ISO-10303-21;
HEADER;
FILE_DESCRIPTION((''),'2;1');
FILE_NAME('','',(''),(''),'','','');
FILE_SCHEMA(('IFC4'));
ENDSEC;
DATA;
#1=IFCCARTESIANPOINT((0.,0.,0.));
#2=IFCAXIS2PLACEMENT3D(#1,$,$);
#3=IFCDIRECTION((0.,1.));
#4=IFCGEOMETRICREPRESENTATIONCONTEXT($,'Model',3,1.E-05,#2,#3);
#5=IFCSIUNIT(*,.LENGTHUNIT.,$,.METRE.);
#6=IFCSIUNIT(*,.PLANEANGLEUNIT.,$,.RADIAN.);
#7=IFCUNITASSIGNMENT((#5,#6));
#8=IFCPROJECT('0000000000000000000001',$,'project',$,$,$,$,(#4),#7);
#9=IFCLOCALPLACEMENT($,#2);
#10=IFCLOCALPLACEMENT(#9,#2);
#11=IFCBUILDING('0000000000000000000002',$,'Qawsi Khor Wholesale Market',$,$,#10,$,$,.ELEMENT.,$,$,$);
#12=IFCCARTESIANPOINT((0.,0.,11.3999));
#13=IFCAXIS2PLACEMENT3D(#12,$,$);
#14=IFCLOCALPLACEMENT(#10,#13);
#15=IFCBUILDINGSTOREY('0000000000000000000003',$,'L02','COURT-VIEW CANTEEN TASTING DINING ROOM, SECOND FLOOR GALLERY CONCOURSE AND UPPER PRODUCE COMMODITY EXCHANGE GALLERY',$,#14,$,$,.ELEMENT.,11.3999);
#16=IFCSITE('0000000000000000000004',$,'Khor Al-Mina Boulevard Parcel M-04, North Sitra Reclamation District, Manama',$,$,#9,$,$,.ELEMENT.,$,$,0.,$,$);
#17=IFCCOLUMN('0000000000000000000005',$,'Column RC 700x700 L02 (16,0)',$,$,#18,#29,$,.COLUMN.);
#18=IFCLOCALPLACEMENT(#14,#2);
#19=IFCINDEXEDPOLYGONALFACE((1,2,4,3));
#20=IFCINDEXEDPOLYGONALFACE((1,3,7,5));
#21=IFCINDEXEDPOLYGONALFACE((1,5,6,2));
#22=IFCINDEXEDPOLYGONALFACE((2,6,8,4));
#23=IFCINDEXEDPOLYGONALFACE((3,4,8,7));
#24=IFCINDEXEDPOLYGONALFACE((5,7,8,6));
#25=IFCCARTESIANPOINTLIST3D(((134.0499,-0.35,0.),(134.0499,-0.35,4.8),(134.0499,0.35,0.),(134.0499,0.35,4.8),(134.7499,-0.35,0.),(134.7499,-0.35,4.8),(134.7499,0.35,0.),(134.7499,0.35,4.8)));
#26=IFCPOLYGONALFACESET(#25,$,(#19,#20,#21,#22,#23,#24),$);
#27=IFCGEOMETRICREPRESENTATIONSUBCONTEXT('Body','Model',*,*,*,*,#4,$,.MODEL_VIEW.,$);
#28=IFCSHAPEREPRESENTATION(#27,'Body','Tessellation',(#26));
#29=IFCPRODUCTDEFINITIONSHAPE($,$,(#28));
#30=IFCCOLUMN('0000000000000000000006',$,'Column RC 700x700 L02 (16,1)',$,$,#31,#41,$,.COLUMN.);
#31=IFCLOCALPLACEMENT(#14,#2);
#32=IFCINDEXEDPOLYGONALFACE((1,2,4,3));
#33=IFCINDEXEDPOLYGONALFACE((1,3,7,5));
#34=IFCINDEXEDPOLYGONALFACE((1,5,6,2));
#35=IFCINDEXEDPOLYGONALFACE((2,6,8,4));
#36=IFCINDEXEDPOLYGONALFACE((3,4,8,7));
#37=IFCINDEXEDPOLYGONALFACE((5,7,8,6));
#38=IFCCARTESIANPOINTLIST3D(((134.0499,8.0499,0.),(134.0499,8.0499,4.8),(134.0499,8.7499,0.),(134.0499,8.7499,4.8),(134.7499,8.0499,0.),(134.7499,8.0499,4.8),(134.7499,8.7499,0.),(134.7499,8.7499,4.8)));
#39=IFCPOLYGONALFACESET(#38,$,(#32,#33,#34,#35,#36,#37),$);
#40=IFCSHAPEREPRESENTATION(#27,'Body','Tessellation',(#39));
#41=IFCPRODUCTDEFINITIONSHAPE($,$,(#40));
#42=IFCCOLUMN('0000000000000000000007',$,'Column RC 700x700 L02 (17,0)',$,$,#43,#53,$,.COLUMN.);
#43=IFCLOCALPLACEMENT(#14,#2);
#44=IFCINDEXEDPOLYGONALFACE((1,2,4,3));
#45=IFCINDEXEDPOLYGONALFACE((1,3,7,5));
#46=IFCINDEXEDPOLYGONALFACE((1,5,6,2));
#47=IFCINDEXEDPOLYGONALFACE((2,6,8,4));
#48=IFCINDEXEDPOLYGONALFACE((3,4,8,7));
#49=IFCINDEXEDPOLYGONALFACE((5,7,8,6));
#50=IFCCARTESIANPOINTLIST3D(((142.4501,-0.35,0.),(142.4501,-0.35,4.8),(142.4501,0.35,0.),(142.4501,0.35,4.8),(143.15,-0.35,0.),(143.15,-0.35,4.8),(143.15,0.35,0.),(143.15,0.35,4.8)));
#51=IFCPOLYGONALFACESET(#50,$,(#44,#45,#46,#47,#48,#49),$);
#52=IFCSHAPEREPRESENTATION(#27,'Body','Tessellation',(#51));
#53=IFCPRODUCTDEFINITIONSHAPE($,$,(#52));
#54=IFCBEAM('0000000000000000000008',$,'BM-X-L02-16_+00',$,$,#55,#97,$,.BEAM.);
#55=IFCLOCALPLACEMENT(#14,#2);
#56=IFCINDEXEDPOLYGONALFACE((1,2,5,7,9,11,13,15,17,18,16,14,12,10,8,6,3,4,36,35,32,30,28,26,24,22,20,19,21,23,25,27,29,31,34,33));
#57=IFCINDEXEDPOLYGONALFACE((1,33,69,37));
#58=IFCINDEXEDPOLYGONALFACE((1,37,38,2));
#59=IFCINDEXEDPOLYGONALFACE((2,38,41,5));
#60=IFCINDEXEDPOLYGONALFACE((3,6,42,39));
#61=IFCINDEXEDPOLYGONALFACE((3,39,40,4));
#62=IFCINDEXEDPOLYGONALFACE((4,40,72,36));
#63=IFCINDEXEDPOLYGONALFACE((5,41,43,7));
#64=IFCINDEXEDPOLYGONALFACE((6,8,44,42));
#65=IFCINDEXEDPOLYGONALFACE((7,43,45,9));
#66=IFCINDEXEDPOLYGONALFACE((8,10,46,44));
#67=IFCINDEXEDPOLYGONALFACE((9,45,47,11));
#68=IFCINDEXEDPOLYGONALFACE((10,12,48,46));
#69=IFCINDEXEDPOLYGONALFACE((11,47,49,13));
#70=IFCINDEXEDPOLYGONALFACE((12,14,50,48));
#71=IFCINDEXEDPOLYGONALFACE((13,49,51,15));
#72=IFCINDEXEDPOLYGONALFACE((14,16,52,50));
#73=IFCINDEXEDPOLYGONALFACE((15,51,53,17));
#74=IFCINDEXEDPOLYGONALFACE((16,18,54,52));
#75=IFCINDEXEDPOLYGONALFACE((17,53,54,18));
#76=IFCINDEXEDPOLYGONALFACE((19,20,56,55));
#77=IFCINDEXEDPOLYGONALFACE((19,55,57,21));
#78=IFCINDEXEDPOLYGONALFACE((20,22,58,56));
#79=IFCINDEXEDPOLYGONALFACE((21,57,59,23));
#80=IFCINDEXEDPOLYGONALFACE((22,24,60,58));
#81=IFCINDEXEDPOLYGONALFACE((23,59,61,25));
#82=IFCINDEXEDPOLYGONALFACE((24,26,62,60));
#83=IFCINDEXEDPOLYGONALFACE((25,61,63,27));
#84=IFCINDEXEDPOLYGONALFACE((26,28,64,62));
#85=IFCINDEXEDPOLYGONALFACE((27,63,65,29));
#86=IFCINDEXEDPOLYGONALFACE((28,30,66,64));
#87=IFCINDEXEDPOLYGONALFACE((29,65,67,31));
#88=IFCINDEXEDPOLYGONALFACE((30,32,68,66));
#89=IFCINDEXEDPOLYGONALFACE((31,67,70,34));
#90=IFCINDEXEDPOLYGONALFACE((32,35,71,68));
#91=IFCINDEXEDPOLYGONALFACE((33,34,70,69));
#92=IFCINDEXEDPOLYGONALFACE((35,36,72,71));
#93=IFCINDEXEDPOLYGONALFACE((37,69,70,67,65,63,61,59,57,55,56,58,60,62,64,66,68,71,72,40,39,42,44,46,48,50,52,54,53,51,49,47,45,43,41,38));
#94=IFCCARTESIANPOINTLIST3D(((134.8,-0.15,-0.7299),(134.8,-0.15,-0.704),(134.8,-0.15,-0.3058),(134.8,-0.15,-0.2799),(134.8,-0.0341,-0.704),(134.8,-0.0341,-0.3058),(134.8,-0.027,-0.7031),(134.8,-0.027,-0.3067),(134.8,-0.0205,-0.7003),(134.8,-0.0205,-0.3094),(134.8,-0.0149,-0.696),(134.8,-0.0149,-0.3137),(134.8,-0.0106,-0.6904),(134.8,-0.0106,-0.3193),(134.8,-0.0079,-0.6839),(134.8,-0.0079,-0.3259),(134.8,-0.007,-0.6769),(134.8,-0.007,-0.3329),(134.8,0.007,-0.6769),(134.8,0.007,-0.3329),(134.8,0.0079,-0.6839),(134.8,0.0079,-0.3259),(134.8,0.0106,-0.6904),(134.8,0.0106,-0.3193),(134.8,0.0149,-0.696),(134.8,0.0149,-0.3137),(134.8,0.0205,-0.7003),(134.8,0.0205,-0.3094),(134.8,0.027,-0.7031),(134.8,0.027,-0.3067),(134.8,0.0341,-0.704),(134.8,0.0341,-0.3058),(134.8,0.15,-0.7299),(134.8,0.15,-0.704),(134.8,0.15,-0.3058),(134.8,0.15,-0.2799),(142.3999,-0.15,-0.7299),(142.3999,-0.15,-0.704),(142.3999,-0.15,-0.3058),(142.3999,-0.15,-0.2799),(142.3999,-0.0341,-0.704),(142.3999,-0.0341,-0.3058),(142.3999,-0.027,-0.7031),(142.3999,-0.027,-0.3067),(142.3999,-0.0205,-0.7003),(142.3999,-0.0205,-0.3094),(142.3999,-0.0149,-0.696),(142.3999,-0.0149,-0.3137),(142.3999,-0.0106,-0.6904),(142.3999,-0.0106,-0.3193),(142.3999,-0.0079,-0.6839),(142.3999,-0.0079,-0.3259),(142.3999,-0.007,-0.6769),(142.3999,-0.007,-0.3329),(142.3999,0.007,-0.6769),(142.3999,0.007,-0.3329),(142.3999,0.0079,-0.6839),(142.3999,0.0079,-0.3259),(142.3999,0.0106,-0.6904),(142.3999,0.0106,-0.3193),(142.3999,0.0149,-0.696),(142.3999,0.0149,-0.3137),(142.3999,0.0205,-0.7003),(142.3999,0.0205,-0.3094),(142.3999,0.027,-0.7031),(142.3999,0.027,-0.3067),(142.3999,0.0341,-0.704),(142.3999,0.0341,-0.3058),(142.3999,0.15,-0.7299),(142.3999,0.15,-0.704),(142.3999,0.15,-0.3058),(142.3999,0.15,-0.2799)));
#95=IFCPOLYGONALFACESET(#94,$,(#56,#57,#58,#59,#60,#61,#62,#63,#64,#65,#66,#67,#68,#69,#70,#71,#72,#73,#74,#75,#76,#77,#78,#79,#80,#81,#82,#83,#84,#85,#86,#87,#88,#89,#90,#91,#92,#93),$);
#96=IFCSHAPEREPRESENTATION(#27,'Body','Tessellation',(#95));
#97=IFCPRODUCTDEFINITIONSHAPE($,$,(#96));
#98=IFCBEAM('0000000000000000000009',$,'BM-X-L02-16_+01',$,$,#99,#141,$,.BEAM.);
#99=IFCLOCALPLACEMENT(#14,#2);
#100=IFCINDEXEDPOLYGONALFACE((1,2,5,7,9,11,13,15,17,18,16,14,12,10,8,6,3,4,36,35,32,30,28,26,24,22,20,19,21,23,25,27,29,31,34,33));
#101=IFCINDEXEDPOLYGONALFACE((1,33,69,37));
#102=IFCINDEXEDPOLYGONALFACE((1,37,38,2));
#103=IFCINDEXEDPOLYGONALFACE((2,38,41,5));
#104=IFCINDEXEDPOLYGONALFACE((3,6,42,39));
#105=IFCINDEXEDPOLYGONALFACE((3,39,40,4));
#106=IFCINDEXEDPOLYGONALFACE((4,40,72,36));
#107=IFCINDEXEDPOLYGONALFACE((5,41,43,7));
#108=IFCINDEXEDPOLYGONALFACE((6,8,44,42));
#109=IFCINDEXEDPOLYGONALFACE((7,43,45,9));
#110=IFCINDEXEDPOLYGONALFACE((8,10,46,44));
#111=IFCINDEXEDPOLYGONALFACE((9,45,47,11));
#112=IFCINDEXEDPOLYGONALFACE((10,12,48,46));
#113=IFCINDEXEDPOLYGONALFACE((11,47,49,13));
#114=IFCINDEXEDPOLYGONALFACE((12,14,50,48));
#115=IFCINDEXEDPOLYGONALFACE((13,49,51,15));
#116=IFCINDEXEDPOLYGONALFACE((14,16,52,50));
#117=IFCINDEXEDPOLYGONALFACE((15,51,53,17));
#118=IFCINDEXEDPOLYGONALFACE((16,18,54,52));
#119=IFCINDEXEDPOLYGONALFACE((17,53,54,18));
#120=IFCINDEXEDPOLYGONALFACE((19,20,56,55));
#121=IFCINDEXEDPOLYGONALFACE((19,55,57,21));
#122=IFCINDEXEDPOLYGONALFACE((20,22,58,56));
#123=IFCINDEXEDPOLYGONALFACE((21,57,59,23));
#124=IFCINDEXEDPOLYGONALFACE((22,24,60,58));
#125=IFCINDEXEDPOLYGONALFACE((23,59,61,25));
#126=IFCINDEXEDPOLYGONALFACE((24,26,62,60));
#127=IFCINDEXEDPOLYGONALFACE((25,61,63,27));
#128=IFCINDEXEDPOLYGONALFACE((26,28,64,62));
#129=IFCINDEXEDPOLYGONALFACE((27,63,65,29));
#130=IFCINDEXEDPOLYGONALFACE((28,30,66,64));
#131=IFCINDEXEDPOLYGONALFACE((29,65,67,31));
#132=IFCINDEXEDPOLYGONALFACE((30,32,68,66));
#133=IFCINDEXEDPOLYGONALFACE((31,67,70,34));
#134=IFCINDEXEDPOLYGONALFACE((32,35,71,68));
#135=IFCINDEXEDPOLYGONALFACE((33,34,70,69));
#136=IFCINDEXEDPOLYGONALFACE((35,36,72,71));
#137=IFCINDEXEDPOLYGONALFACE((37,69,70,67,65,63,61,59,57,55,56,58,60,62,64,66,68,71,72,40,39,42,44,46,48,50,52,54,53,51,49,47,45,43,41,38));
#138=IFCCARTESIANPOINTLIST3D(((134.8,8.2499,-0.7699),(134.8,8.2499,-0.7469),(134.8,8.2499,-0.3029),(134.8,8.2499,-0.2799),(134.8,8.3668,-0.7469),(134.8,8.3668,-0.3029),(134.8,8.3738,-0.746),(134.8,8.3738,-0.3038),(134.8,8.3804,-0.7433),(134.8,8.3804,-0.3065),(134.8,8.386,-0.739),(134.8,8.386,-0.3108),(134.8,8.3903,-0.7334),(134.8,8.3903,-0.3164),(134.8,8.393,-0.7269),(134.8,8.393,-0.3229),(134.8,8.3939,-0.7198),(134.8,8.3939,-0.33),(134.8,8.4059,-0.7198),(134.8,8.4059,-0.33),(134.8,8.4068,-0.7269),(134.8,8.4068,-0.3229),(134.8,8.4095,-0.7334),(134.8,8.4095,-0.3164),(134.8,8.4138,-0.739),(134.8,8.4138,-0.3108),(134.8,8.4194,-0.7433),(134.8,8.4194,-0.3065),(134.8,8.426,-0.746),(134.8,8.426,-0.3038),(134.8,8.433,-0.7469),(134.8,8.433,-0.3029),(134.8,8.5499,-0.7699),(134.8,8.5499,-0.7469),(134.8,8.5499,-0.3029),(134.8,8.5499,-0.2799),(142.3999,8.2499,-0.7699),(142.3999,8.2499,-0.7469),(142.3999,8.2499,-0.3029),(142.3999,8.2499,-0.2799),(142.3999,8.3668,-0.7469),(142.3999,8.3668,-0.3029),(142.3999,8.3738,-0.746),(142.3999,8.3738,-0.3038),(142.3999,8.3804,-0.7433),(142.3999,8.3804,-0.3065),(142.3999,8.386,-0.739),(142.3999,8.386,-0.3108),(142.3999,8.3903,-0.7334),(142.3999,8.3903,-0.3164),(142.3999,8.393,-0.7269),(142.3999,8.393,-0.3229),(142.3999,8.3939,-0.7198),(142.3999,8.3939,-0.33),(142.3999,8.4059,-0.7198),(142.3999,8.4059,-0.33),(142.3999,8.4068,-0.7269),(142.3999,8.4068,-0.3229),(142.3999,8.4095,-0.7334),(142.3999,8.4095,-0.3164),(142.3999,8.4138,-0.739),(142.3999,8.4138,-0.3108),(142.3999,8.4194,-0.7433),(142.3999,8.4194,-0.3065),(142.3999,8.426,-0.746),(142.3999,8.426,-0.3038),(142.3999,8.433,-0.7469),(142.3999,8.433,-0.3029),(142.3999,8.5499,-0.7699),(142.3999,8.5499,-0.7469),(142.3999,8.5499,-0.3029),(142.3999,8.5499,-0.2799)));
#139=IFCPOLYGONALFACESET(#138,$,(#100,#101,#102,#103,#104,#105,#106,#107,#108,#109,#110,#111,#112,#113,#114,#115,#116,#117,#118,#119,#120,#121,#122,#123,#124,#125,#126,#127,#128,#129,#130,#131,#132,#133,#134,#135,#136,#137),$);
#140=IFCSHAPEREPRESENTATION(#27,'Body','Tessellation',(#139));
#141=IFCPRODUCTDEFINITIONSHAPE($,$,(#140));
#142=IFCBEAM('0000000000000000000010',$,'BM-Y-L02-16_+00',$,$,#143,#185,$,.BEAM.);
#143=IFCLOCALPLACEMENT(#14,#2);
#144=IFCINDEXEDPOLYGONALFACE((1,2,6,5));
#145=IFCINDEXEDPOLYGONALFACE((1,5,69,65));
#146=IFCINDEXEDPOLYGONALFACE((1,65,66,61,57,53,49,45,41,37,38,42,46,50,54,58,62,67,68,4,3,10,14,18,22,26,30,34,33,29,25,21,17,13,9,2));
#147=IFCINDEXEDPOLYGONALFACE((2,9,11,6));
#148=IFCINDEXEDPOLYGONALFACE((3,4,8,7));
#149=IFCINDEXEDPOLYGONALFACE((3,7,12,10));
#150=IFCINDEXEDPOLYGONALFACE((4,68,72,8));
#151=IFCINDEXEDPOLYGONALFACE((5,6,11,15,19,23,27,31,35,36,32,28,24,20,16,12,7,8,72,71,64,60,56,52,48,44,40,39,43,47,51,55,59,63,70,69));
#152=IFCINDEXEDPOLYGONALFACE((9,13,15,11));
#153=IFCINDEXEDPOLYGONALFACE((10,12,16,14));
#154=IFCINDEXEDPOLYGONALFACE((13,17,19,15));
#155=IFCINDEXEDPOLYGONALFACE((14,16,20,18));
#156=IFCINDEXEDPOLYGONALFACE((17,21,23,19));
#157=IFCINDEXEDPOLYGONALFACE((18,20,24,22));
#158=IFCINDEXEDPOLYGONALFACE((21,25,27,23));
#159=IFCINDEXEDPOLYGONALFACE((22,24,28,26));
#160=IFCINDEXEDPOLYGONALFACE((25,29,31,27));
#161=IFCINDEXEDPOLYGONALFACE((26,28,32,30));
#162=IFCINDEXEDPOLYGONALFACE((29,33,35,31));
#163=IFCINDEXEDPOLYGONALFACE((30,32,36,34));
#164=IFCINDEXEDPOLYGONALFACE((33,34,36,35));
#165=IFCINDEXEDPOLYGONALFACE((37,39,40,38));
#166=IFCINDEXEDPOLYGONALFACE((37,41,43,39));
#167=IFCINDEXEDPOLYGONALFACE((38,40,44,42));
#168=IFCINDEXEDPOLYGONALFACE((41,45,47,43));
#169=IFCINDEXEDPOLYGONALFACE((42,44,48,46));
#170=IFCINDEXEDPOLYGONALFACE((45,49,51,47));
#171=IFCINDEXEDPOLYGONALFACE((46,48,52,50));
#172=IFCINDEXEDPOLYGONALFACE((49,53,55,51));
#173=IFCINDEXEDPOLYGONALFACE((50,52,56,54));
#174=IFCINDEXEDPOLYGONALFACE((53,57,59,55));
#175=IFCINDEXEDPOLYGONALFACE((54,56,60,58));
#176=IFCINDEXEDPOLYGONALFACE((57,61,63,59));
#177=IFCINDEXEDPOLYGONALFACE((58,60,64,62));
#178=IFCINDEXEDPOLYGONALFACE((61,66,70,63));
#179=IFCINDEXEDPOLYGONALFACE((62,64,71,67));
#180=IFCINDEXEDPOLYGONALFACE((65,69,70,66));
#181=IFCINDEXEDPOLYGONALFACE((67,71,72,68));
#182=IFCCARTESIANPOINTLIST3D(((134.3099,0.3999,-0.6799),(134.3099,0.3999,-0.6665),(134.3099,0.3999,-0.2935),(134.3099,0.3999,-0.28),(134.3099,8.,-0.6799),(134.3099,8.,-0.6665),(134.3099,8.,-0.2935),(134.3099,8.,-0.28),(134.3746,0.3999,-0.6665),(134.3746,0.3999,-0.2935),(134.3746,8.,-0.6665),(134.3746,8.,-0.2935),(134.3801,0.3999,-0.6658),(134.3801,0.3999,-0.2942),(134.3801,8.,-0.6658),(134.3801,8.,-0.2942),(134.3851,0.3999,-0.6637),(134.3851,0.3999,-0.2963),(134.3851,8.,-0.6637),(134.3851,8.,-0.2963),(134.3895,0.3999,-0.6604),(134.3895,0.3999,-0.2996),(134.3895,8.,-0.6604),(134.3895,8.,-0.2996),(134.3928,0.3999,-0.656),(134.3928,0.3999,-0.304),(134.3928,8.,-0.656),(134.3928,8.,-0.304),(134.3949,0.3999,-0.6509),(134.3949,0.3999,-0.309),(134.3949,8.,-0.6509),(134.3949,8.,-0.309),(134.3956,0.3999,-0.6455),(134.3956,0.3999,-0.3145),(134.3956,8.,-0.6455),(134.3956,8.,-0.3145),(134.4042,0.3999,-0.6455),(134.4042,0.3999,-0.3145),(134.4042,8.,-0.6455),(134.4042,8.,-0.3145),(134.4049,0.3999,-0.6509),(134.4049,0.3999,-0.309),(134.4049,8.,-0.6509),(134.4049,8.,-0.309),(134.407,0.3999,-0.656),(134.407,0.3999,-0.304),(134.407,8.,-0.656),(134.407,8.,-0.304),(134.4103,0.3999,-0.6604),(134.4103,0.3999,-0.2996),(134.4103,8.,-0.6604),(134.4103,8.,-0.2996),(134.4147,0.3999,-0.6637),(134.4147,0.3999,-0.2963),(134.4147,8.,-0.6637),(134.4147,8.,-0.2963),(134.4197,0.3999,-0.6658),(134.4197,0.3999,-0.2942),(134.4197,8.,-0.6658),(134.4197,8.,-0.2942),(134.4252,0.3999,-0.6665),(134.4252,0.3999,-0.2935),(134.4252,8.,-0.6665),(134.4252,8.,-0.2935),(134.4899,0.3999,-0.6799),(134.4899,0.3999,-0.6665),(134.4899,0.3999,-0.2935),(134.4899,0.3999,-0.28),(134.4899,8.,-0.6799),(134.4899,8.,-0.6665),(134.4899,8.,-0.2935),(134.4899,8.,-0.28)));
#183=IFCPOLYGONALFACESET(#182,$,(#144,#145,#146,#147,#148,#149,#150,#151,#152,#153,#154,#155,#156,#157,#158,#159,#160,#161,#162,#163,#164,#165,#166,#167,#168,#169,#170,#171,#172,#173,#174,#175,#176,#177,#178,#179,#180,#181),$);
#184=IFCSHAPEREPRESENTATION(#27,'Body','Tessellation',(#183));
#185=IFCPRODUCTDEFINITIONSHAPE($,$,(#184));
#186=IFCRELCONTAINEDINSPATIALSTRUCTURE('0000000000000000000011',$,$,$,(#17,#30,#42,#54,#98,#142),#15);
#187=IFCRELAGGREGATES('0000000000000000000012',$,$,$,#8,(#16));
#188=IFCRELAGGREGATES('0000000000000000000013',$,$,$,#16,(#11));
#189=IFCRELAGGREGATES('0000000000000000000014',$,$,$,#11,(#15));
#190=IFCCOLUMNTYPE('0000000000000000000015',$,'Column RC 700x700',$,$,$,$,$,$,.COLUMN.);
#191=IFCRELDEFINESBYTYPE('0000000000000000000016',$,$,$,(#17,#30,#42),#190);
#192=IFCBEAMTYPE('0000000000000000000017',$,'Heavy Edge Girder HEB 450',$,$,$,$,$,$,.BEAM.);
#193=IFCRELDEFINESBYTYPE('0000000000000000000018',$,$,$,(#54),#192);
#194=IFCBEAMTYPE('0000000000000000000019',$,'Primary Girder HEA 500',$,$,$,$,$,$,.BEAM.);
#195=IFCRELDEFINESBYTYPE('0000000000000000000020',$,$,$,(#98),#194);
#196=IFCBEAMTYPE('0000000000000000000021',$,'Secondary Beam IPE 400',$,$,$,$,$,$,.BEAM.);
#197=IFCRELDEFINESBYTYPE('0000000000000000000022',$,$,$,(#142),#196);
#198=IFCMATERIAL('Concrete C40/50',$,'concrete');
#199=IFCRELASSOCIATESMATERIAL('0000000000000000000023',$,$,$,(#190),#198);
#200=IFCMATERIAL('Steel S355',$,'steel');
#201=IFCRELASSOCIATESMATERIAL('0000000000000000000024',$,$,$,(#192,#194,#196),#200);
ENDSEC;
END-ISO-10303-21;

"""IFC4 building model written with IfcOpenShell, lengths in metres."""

from ifc_helpers import new_model, si_unit, direction, frame, origin, origin_2d, place, context, subcontext, project, spatial, rectangle, i_section, extrude, material, material_profile, profile_set, type_object, element, save


model = new_model("IFC4")

# Units and contexts
model_context = context("Model", 3, precision=1e-05, world=origin(), true_north=direction((0.0, 1.0)))
body_context = subcontext(model_context, "Body", "Model", "MODEL_VIEW")
ifc_project = project(units=[si_unit("LENGTHUNIT", "METRE"), si_unit("PLANEANGLEUNIT", "RADIAN")], contexts=[model_context])

# Site, building, storey
site_placement = place(None, origin())
site = spatial("IfcSite", under=ifc_project, at=site_placement, Name="Khor Al-Mina Boulevard Parcel M-04, North Sitra Reclamation District, Manama", CompositionType="ELEMENT", RefElevation=0.0)
building_placement = place(site_placement, origin())
building = spatial("IfcBuilding", under=site, at=building_placement, Name="Qawsi Khor Wholesale Market", CompositionType="ELEMENT")
storey_placement = place(building_placement, frame((0.0, 0.0, 11.3999)))
storey = spatial("IfcBuildingStorey", under=building, at=storey_placement, Name="L02", Description="COURT-VIEW CANTEEN TASTING DINING ROOM, SECOND FLOOR GALLERY CONCOURSE AND UPPER PRODUCE COMMODITY EXCHANGE GALLERY", CompositionType="ELEMENT", Elevation=11.3999)

# Columns
ifc_material_1 = material(Name="Concrete C40/50", Category="concrete")
ifc_material_profile_1 = material_profile(ifc_material_1, rectangle(XDim=0.7, YDim=0.7, at=origin_2d()), Name="RC 700x700")
ifc_profile_set_1 = profile_set([ifc_material_profile_1], Name="Concrete C40/50")
column_type = type_object("IfcColumnType", Name="Column RC 700x700", PredefinedType="COLUMN", material=ifc_profile_set_1)
for number, where, z_axis, x_axis, name in (
    (1, (134.3999, 0.0, 0.0), (0.0, 0.0, 1.0), (1.0, 0.0, 0.0), "Column RC 700x700 L02 (16,0)"),
    (2, (134.3999, 8.3999, 0.0), (0.0, 0.0, 1.0), (1.0, 0.0, 0.0), "Column RC 700x700 L02 (16,1)"),
    (3, (142.8, 0.0, 0.0), (0.0, 0.0, 1.0), (1.0, 0.0, 0.0), "Column RC 700x700 L02 (17,0)"),
):
    element("IfcColumn", number, at=place(storey_placement, frame(where, z_axis=z_axis, x_axis=x_axis)), inside=storey, type_object=column_type, Name=name, PredefinedType="COLUMN", context=body_context, shape_type="SweptSolid", body=[
        extrude(rectangle(XDim=0.7, YDim=0.7, at=origin_2d()), origin(), (0.0, 0.0, 1.0), 4.8),
    ])

# Beams
ifc_material_2 = material(Name="Steel S355", Category="steel")
ifc_material_profile_2 = material_profile(ifc_material_2, i_section(OverallWidth=0.3, OverallDepth=0.45, WebThickness=0.0139, FlangeThickness=0.0259, FilletRadius=0.0271, at=origin_2d()), Name="HEB 450")
ifc_profile_set_2 = profile_set([ifc_material_profile_2], Name="Steel S355")
beam_type_1 = type_object("IfcBeamType", Name="Heavy Edge Girder HEB 450", PredefinedType="BEAM", material=ifc_profile_set_2)
beam_1_placement = place(storey_placement, frame((134.8, 0.0, -0.5049), z_axis=(1.0, 0.0, 0.0), x_axis=(0.0, 1.0, 0.0)))
element("IfcBeam", 4, at=beam_1_placement, inside=storey, type_object=beam_type_1, Name="BM-X-L02-16_+00", PredefinedType="BEAM", context=body_context, shape_type="SweptSolid", body=[
    extrude(i_section(OverallWidth=0.3, OverallDepth=0.45, WebThickness=0.0139, FlangeThickness=0.0259, FilletRadius=0.0271, at=origin_2d()), origin(), (0.0, 0.0, 1.0), 7.5999),
])
ifc_material_profile_3 = material_profile(ifc_material_2, i_section(OverallWidth=0.3, OverallDepth=0.49, WebThickness=0.012, FlangeThickness=0.0229, FilletRadius=0.0271, at=origin_2d()), Name="HEA 500")
ifc_profile_set_3 = profile_set([ifc_material_profile_3], Name="Steel S355")
beam_type_2 = type_object("IfcBeamType", Name="Primary Girder HEA 500", PredefinedType="BEAM", material=ifc_profile_set_3)
beam_2_placement = place(storey_placement, frame((134.8, 8.3999, -0.5249), z_axis=(1.0, 0.0, 0.0), x_axis=(0.0, 1.0, 0.0)))
element("IfcBeam", 5, at=beam_2_placement, inside=storey, type_object=beam_type_2, Name="BM-X-L02-16_+01", PredefinedType="BEAM", context=body_context, shape_type="SweptSolid", body=[
    extrude(i_section(OverallWidth=0.3, OverallDepth=0.49, WebThickness=0.012, FlangeThickness=0.0229, FilletRadius=0.0271, at=origin_2d()), origin(), (0.0, 0.0, 1.0), 7.5999),
])
ifc_material_profile_4 = material_profile(ifc_material_2, i_section(OverallWidth=0.1799, OverallDepth=0.3999, WebThickness=0.0085, FlangeThickness=0.0134, FilletRadius=0.021, at=origin_2d()), Name="IPE 400")
ifc_profile_set_4 = profile_set([ifc_material_profile_4], Name="Steel S355")
beam_type_3 = type_object("IfcBeamType", Name="Secondary Beam IPE 400", PredefinedType="BEAM", material=ifc_profile_set_4)
beam_3_placement = place(storey_placement, frame((134.3999, 0.3999, -0.48), z_axis=(0.0, 1.0, 0.0), x_axis=(-1.0, 0.0, 0.0)))
element("IfcBeam", 6, at=beam_3_placement, inside=storey, type_object=beam_type_3, Name="BM-Y-L02-16_+00", PredefinedType="BEAM", context=body_context, shape_type="SweptSolid", body=[
    extrude(i_section(OverallWidth=0.1799, OverallDepth=0.3999, WebThickness=0.0085, FlangeThickness=0.0134, FilletRadius=0.021, at=origin_2d()), origin(), (0.0, 0.0, 1.0), 7.6001),
])

save(model, "model.ifc")
